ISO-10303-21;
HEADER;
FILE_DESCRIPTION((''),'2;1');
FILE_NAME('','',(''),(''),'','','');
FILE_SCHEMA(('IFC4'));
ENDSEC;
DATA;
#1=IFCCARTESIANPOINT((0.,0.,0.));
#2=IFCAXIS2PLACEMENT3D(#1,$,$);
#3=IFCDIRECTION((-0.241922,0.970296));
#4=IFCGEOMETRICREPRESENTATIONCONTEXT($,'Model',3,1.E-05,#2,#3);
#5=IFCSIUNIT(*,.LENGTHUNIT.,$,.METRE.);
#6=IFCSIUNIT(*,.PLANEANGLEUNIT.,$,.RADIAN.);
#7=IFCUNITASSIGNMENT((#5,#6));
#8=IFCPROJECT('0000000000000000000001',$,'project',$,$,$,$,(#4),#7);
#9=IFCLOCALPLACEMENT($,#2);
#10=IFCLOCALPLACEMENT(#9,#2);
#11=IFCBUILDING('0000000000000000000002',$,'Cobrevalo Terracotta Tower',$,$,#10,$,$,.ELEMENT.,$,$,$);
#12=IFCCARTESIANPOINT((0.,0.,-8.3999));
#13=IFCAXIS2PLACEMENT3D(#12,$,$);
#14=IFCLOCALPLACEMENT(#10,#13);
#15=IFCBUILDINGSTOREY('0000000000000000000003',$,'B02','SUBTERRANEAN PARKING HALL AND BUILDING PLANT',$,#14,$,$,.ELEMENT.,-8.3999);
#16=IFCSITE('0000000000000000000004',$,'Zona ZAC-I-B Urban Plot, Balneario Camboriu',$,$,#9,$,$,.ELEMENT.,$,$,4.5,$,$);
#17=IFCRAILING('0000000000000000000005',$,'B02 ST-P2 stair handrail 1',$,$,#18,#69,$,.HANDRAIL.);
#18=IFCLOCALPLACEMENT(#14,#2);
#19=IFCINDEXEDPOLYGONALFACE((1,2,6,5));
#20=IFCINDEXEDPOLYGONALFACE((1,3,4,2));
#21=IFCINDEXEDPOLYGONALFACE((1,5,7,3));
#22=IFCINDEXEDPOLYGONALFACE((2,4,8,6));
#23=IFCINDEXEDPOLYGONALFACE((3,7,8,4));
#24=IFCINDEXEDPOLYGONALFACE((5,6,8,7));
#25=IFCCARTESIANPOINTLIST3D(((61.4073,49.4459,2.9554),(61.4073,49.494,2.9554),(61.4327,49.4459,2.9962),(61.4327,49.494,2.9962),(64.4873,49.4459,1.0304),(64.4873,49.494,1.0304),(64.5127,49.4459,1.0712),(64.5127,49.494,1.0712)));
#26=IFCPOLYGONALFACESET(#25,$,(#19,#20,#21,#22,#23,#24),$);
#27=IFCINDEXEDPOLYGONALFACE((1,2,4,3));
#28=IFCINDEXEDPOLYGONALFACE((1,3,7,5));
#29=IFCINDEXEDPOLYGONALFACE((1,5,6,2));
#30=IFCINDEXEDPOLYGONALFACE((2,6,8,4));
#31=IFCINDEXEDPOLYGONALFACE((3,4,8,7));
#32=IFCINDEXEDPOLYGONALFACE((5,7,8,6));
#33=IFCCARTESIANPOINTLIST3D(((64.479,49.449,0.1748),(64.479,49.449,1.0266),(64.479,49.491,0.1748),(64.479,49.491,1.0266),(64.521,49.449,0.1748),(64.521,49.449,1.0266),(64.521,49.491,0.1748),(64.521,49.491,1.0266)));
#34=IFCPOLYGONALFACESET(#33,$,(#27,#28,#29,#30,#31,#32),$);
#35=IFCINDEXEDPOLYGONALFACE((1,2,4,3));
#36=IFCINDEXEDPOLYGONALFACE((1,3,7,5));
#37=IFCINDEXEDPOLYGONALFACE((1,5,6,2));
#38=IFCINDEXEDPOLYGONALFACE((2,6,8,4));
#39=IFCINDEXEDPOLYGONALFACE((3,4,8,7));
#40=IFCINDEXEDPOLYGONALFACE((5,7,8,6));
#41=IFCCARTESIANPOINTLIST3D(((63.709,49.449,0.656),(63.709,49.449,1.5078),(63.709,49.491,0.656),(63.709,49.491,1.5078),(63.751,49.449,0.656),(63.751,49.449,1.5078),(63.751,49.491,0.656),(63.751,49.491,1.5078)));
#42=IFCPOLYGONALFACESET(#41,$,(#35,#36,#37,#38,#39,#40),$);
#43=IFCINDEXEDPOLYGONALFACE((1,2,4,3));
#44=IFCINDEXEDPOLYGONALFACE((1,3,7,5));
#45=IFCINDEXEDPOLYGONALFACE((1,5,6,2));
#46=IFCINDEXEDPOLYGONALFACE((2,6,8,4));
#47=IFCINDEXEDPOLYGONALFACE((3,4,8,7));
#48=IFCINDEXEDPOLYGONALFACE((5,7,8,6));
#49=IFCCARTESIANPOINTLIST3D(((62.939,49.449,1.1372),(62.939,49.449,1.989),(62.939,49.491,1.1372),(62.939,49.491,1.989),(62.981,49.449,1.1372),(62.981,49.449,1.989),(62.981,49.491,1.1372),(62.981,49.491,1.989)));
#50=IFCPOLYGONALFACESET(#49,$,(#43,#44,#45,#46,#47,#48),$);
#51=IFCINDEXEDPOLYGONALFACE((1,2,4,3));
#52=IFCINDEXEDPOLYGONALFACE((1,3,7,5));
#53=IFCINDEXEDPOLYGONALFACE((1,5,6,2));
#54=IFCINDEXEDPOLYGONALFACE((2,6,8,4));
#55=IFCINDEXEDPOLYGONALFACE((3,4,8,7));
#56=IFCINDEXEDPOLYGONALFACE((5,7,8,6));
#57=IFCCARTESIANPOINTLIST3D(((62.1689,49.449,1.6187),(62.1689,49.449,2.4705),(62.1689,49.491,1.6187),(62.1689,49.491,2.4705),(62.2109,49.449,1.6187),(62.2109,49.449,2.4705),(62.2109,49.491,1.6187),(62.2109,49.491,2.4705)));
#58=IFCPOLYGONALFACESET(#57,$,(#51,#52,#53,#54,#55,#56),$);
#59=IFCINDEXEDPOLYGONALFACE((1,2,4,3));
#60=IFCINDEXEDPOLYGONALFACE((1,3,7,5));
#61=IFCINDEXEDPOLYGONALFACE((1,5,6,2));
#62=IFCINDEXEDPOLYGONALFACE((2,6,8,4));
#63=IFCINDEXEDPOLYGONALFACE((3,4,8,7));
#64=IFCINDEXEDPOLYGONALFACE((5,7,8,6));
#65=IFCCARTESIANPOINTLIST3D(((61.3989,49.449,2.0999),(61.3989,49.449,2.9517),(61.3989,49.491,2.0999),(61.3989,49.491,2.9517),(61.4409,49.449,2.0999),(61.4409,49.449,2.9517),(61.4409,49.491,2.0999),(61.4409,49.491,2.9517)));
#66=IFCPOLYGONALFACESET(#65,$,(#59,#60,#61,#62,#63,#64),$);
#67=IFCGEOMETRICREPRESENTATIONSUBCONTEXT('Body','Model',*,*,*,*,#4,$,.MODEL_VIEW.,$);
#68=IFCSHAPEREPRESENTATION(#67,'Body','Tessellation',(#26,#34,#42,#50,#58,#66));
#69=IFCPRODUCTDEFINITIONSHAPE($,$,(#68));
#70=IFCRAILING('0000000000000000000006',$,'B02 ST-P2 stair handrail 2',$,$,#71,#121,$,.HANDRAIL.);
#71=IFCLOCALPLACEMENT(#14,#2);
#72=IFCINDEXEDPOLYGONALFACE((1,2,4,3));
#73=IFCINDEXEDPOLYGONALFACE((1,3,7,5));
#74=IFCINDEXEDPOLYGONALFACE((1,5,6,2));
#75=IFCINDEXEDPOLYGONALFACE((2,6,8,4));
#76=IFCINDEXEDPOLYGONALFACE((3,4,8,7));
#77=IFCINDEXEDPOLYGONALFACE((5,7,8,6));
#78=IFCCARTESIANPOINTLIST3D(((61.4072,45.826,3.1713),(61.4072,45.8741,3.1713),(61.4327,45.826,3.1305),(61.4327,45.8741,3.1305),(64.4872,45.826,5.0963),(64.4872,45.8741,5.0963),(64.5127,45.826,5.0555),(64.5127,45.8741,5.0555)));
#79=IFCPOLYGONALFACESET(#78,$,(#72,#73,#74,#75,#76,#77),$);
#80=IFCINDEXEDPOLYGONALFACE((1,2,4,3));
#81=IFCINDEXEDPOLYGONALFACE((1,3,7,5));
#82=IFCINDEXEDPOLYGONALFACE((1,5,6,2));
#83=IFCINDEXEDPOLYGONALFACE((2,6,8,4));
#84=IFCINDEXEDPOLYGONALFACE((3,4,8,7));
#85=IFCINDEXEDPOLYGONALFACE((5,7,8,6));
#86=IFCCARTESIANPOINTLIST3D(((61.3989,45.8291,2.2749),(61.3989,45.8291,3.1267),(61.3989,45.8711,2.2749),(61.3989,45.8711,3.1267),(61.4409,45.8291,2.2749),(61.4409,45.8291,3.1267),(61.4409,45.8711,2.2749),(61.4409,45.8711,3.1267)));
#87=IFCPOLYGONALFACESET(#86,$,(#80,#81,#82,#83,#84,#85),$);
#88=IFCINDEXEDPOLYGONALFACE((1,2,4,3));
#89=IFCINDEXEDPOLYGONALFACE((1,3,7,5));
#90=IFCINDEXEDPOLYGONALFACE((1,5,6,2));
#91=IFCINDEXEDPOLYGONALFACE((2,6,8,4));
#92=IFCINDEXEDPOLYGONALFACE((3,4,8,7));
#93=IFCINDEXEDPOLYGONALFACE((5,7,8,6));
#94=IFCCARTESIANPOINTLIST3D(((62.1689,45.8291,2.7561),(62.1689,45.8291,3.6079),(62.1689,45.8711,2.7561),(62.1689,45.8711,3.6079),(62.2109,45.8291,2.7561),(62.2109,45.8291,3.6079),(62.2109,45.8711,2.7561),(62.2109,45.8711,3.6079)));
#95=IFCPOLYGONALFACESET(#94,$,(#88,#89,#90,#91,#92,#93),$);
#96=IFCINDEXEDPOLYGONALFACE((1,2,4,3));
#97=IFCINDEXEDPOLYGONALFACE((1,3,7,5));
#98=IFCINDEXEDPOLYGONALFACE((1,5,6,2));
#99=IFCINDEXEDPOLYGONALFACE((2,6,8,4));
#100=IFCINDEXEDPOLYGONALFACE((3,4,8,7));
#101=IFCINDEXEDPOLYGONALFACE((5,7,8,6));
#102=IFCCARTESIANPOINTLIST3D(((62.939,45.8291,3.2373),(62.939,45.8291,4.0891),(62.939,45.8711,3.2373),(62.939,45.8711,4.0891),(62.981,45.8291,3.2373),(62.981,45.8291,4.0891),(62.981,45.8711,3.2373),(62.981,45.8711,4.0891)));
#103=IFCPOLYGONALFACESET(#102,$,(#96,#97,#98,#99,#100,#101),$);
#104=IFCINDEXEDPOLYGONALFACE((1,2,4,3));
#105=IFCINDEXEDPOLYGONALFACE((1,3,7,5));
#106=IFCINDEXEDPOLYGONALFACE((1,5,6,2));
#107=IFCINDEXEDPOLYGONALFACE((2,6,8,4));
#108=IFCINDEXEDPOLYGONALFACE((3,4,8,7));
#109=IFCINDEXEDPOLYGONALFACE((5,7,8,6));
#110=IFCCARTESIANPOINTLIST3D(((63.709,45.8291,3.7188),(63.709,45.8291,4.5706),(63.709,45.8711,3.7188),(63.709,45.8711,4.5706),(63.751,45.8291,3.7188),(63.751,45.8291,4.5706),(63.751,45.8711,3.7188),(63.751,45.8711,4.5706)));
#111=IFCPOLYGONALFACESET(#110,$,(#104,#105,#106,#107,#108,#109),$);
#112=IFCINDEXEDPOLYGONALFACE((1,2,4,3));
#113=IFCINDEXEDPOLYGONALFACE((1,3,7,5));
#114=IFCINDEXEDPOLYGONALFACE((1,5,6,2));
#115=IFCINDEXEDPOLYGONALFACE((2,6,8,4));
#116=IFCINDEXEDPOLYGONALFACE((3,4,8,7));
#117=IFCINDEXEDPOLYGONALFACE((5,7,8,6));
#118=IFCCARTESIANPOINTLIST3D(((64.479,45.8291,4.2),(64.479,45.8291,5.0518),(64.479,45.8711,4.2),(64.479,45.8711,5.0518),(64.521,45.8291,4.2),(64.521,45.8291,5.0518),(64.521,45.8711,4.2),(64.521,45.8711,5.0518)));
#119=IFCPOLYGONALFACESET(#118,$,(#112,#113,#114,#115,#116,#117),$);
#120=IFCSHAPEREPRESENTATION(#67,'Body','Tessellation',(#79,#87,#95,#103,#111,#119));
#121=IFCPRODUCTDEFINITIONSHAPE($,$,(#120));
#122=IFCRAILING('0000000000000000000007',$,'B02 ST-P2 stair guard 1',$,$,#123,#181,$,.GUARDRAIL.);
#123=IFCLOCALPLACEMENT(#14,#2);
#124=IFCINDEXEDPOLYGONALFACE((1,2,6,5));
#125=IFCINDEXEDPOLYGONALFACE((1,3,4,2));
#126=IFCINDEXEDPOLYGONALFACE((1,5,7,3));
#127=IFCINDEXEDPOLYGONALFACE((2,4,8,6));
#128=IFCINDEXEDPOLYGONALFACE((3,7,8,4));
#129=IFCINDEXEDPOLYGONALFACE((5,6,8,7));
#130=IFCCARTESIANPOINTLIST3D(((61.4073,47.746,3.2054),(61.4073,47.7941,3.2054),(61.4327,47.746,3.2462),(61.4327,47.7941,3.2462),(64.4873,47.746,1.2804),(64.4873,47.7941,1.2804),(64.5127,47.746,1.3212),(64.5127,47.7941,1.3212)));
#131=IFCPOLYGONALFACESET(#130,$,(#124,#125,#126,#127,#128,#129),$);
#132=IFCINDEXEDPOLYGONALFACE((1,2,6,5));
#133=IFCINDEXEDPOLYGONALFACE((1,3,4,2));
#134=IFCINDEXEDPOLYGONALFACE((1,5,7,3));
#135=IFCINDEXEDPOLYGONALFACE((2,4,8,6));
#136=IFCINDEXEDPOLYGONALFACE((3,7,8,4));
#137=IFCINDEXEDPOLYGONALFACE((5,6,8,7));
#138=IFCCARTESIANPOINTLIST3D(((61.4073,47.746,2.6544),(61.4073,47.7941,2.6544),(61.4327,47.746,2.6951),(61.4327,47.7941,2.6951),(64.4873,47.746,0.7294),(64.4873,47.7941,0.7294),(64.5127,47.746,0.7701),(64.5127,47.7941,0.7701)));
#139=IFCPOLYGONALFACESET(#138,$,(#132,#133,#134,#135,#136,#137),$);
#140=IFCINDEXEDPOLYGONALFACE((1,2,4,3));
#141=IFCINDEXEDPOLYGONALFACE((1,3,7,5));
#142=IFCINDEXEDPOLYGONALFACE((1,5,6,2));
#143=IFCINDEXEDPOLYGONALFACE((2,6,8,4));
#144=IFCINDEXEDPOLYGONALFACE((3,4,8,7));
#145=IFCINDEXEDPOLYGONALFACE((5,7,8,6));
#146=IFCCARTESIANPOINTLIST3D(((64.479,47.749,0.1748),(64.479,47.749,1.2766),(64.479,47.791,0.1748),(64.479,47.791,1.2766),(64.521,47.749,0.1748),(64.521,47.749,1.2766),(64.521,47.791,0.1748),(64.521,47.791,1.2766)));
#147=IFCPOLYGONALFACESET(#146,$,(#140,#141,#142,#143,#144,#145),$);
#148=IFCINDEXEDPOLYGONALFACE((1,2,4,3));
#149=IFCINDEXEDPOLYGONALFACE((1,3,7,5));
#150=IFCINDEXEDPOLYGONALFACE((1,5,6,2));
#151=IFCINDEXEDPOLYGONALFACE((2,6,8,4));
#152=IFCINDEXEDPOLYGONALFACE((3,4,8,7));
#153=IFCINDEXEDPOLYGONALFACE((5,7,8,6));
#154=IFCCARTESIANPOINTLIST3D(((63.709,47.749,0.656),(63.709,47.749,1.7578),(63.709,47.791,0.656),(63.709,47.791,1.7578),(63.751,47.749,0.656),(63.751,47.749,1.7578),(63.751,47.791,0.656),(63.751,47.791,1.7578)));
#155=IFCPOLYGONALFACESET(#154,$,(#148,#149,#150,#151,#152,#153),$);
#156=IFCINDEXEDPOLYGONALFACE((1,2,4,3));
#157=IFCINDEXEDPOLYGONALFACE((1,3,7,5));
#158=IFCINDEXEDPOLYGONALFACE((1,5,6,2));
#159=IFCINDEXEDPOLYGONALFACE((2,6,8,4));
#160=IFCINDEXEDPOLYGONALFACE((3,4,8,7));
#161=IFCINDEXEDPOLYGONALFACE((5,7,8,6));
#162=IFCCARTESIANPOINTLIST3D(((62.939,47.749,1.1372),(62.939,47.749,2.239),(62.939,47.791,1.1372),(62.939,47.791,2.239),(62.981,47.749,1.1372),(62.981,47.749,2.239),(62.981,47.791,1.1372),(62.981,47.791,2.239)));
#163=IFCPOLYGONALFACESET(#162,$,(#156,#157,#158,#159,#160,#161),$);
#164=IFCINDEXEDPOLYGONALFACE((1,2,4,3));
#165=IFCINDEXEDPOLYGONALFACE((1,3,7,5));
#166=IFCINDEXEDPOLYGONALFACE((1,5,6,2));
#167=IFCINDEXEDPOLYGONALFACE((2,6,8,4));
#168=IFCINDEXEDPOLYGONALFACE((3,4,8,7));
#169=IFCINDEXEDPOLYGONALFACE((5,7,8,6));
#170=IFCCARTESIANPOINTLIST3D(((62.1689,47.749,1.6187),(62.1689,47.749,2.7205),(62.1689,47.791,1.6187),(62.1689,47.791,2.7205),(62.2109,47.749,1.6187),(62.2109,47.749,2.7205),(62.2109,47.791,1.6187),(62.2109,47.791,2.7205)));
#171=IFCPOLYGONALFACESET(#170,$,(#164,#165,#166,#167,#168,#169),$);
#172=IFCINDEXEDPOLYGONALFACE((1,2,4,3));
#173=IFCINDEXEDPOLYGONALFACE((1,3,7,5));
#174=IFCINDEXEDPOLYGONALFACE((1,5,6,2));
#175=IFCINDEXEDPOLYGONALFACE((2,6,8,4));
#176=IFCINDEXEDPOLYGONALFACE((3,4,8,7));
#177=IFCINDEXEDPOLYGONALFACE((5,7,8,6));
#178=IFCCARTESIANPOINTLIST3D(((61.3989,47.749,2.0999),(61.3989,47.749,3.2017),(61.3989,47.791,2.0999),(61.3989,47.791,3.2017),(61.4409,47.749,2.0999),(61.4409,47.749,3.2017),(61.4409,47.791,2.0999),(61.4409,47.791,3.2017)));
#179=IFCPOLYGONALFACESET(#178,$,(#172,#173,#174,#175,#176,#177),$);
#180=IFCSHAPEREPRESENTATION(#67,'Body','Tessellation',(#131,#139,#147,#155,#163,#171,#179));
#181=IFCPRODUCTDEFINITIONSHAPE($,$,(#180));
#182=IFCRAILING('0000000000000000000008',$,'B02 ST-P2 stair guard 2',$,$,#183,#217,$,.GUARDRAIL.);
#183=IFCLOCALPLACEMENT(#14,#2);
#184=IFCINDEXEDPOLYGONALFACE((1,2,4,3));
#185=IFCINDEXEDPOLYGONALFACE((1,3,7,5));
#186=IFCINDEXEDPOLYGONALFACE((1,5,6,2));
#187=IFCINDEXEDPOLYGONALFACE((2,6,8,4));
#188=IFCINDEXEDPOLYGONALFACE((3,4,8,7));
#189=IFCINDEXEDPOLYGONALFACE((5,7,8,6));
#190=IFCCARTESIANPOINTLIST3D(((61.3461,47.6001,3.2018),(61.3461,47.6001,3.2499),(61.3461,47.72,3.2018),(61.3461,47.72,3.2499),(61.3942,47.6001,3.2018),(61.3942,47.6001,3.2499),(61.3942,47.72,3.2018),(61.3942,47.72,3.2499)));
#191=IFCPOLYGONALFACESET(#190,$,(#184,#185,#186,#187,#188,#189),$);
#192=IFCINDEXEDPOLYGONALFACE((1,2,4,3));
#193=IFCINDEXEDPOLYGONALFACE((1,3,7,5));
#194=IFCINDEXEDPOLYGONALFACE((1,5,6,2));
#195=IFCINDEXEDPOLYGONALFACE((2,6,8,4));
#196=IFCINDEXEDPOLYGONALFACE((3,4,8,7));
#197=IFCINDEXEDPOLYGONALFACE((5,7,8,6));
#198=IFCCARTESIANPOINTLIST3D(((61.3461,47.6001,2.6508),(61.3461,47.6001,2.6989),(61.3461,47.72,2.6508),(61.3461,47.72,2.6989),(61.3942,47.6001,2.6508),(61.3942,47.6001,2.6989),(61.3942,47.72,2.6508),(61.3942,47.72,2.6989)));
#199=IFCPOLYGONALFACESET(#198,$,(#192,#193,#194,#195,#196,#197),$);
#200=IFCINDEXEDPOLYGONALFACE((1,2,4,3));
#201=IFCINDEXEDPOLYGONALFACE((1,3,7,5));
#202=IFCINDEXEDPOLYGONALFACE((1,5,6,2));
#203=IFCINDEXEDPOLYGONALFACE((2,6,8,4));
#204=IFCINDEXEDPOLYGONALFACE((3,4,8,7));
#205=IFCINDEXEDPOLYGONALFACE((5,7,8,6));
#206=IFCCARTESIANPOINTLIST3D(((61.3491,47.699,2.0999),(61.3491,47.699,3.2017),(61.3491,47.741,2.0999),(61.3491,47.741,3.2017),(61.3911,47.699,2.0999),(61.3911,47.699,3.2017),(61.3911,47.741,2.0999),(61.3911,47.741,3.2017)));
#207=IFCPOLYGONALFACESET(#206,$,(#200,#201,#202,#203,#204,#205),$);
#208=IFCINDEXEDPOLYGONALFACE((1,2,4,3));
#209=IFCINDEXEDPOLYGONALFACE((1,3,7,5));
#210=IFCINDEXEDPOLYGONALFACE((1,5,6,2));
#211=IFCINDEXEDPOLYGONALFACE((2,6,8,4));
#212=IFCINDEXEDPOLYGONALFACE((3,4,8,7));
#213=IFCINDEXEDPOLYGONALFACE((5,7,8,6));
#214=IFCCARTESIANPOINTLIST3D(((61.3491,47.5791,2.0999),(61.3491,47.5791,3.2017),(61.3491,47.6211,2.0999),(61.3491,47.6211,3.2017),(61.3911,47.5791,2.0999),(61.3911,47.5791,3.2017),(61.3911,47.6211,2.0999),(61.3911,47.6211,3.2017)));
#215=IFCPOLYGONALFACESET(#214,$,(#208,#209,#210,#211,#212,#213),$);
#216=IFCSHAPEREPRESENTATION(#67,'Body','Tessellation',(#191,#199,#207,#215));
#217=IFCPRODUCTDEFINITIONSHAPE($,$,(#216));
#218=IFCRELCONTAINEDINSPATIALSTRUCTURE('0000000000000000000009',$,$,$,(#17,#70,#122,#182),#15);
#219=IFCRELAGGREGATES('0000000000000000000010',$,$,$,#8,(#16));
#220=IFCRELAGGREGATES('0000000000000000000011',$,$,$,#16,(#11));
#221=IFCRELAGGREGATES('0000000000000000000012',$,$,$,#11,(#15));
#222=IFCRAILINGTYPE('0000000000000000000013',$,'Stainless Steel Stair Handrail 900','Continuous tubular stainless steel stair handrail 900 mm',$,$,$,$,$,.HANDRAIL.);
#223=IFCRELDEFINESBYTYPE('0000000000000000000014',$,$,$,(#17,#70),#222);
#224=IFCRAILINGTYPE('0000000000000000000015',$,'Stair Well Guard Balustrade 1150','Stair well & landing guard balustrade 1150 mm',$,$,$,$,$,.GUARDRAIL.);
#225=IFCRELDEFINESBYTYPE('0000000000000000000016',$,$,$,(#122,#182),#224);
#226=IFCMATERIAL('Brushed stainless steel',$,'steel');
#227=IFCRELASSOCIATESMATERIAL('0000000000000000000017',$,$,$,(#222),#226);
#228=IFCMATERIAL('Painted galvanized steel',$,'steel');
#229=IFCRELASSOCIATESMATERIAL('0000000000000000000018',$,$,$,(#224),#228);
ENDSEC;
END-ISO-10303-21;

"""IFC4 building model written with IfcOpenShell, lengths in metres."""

from ifc_helpers import new_model, si_unit, direction, frame, origin, origin_2d, place, context, subcontext, project, spatial, rectangle, extrude, material, type_object, element, save


model = new_model("IFC4")

# Units and contexts
model_context = context("Model", 3, precision=1e-05, world=origin(), true_north=direction((-0.241922, 0.970296)))
body_context = subcontext(model_context, "Body", "Model", "MODEL_VIEW")
ifc_project = project(units=[si_unit("LENGTHUNIT", "METRE"), si_unit("PLANEANGLEUNIT", "RADIAN")], contexts=[model_context])

# Site, building, storey
site_placement = place(None, origin())
site = spatial("IfcSite", under=ifc_project, at=site_placement, Name="Zona ZAC-I-B Urban Plot, Balneario Camboriu", CompositionType="ELEMENT", RefElevation=4.5)
building_placement = place(site_placement, origin())
building = spatial("IfcBuilding", under=site, at=building_placement, Name="Cobrevalo Terracotta Tower", CompositionType="ELEMENT")
storey_placement = place(building_placement, frame((0.0, 0.0, -8.3999)))
storey = spatial("IfcBuildingStorey", under=building, at=storey_placement, Name="B02", Description="SUBTERRANEAN PARKING HALL AND BUILDING PLANT", CompositionType="ELEMENT", Elevation=-8.3999)

# Railings
ifc_material_1 = material(Name="Brushed stainless steel", Category="steel")
railing_type_1 = type_object("IfcRailingType", Name="Stainless Steel Stair Handrail 900", Description="Continuous tubular stainless steel stair handrail 900 mm", PredefinedType="HANDRAIL", material=ifc_material_1)
railing_1_placement = place(storey_placement, frame((64.5, 49.47, 0.1748)))
element("IfcRailing", 1, at=railing_1_placement, inside=storey, type_object=railing_type_1, Name="B02 ST-P2 stair handrail 1", PredefinedType="HANDRAIL", context=body_context, shape_type="SweptSolid", body=[
    extrude(rectangle(XDim=0.0481, YDim=0.0481, at=origin_2d()), frame((0.0, 0.0, 0.876), z_axis=(-0.847998, 0.0, 0.529999), x_axis=(0.0, -1.0, 0.0)), (0.0, 0.0, 1.0), 3.6321),
    extrude(rectangle(XDim=0.042, YDim=0.042, at=origin_2d()), origin(), (0.0, 0.0, 1.0), 0.8518),
    extrude(rectangle(XDim=0.042, YDim=0.042, at=origin_2d()), frame((-0.77, 0.0, 0.4812)), (0.0, 0.0, 1.0), 0.8518),
    extrude(rectangle(XDim=0.042, YDim=0.042, at=origin_2d()), frame((-1.54, 0.0, 0.9624)), (0.0, 0.0, 1.0), 0.8518),
    extrude(rectangle(XDim=0.042, YDim=0.042, at=origin_2d()), frame((-2.3101, 0.0, 1.4438)), (0.0, 0.0, 1.0), 0.8518),
    extrude(rectangle(XDim=0.042, YDim=0.042, at=origin_2d()), frame((-3.0801, 0.0, 1.925)), (0.0, 0.0, 1.0), 0.8518),
])
railing_2_placement = place(storey_placement, frame((61.4199, 45.8501, 2.2749)))
element("IfcRailing", 2, at=railing_2_placement, inside=storey, type_object=railing_type_1, Name="B02 ST-P2 stair handrail 2", PredefinedType="HANDRAIL", context=body_context, shape_type="SweptSolid", body=[
    extrude(rectangle(XDim=0.0481, YDim=0.0481, at=origin_2d()), frame((0.0, 0.0, 0.876), z_axis=(0.847998, 0.0, 0.529999), x_axis=(0.0, 1.0, 0.0)), (0.0, 0.0, 1.0), 3.6321),
    extrude(rectangle(XDim=0.042, YDim=0.042, at=origin_2d()), origin(), (0.0, 0.0, 1.0), 0.8518),
    extrude(rectangle(XDim=0.042, YDim=0.042, at=origin_2d()), frame((0.77, 0.0, 0.4812)), (0.0, 0.0, 1.0), 0.8518),
    extrude(rectangle(XDim=0.042, YDim=0.042, at=origin_2d()), frame((1.54, 0.0, 0.9624)), (0.0, 0.0, 1.0), 0.8518),
    extrude(rectangle(XDim=0.042, YDim=0.042, at=origin_2d()), frame((2.3101, 0.0, 1.4438)), (0.0, 0.0, 1.0), 0.8518),
    extrude(rectangle(XDim=0.042, YDim=0.042, at=origin_2d()), frame((3.0801, 0.0, 1.925)), (0.0, 0.0, 1.0), 0.8518),
])
ifc_material_2 = material(Name="Painted galvanized steel", Category="steel")
railing_type_2 = type_object("IfcRailingType", Name="Stair Well Guard Balustrade 1150", Description="Stair well & landing guard balustrade 1150 mm", PredefinedType="GUARDRAIL", material=ifc_material_2)
railing_3_placement = place(storey_placement, frame((64.5, 47.77, 0.1748)))
element("IfcRailing", 3, at=railing_3_placement, inside=storey, type_object=railing_type_2, Name="B02 ST-P2 stair guard 1", PredefinedType="GUARDRAIL", context=body_context, shape_type="SweptSolid", body=[
    extrude(rectangle(XDim=0.0481, YDim=0.0481, at=origin_2d()), frame((0.0, 0.0, 1.126), z_axis=(-0.847998, 0.0, 0.529999), x_axis=(0.0, -1.0, 0.0)), (0.0, 0.0, 1.0), 3.6321),
    extrude(rectangle(XDim=0.0481, YDim=0.0481, at=origin_2d()), frame((0.0, 0.0, 0.575), z_axis=(-0.847998, 0.0, 0.529999), x_axis=(0.0, -1.0, 0.0)), (0.0, 0.0, 1.0), 3.6321),
    extrude(rectangle(XDim=0.042, YDim=0.042, at=origin_2d()), origin(), (0.0, 0.0, 1.0), 1.1018),
    extrude(rectangle(XDim=0.042, YDim=0.042, at=origin_2d()), frame((-0.77, 0.0, 0.4812)), (0.0, 0.0, 1.0), 1.1018),
    extrude(rectangle(XDim=0.042, YDim=0.042, at=origin_2d()), frame((-1.54, 0.0, 0.9624)), (0.0, 0.0, 1.0), 1.1018),
    extrude(rectangle(XDim=0.042, YDim=0.042, at=origin_2d()), frame((-2.3101, 0.0, 1.4438)), (0.0, 0.0, 1.0), 1.1018),
    extrude(rectangle(XDim=0.042, YDim=0.042, at=origin_2d()), frame((-3.0801, 0.0, 1.925)), (0.0, 0.0, 1.0), 1.1018),
])
railing_4_placement = place(storey_placement, frame((61.3701, 47.72, 2.0999)))
element("IfcRailing", 4, at=railing_4_placement, inside=storey, type_object=railing_type_2, Name="B02 ST-P2 stair guard 2", PredefinedType="GUARDRAIL", context=body_context, shape_type="SweptSolid", body=[
    extrude(rectangle(XDim=0.0481, YDim=0.0481, at=origin_2d()), frame((0.0, 0.0, 1.126), z_axis=(0.0, -1.0, 0.0), x_axis=(1.0, 0.0, 0.0)), (0.0, 0.0, 1.0), 0.1199),
    extrude(rectangle(XDim=0.0481, YDim=0.0481, at=origin_2d()), frame((0.0, 0.0, 0.575), z_axis=(0.0, -1.0, 0.0), x_axis=(1.0, 0.0, 0.0)), (0.0, 0.0, 1.0), 0.1199),
    extrude(rectangle(XDim=0.042, YDim=0.042, at=origin_2d()), origin(), (0.0, 0.0, 1.0), 1.1018),
    extrude(rectangle(XDim=0.042, YDim=0.042, at=origin_2d()), frame((0.0, -0.1199, 0.0)), (0.0, 0.0, 1.0), 1.1018),
])

save(model, "model.ifc")
